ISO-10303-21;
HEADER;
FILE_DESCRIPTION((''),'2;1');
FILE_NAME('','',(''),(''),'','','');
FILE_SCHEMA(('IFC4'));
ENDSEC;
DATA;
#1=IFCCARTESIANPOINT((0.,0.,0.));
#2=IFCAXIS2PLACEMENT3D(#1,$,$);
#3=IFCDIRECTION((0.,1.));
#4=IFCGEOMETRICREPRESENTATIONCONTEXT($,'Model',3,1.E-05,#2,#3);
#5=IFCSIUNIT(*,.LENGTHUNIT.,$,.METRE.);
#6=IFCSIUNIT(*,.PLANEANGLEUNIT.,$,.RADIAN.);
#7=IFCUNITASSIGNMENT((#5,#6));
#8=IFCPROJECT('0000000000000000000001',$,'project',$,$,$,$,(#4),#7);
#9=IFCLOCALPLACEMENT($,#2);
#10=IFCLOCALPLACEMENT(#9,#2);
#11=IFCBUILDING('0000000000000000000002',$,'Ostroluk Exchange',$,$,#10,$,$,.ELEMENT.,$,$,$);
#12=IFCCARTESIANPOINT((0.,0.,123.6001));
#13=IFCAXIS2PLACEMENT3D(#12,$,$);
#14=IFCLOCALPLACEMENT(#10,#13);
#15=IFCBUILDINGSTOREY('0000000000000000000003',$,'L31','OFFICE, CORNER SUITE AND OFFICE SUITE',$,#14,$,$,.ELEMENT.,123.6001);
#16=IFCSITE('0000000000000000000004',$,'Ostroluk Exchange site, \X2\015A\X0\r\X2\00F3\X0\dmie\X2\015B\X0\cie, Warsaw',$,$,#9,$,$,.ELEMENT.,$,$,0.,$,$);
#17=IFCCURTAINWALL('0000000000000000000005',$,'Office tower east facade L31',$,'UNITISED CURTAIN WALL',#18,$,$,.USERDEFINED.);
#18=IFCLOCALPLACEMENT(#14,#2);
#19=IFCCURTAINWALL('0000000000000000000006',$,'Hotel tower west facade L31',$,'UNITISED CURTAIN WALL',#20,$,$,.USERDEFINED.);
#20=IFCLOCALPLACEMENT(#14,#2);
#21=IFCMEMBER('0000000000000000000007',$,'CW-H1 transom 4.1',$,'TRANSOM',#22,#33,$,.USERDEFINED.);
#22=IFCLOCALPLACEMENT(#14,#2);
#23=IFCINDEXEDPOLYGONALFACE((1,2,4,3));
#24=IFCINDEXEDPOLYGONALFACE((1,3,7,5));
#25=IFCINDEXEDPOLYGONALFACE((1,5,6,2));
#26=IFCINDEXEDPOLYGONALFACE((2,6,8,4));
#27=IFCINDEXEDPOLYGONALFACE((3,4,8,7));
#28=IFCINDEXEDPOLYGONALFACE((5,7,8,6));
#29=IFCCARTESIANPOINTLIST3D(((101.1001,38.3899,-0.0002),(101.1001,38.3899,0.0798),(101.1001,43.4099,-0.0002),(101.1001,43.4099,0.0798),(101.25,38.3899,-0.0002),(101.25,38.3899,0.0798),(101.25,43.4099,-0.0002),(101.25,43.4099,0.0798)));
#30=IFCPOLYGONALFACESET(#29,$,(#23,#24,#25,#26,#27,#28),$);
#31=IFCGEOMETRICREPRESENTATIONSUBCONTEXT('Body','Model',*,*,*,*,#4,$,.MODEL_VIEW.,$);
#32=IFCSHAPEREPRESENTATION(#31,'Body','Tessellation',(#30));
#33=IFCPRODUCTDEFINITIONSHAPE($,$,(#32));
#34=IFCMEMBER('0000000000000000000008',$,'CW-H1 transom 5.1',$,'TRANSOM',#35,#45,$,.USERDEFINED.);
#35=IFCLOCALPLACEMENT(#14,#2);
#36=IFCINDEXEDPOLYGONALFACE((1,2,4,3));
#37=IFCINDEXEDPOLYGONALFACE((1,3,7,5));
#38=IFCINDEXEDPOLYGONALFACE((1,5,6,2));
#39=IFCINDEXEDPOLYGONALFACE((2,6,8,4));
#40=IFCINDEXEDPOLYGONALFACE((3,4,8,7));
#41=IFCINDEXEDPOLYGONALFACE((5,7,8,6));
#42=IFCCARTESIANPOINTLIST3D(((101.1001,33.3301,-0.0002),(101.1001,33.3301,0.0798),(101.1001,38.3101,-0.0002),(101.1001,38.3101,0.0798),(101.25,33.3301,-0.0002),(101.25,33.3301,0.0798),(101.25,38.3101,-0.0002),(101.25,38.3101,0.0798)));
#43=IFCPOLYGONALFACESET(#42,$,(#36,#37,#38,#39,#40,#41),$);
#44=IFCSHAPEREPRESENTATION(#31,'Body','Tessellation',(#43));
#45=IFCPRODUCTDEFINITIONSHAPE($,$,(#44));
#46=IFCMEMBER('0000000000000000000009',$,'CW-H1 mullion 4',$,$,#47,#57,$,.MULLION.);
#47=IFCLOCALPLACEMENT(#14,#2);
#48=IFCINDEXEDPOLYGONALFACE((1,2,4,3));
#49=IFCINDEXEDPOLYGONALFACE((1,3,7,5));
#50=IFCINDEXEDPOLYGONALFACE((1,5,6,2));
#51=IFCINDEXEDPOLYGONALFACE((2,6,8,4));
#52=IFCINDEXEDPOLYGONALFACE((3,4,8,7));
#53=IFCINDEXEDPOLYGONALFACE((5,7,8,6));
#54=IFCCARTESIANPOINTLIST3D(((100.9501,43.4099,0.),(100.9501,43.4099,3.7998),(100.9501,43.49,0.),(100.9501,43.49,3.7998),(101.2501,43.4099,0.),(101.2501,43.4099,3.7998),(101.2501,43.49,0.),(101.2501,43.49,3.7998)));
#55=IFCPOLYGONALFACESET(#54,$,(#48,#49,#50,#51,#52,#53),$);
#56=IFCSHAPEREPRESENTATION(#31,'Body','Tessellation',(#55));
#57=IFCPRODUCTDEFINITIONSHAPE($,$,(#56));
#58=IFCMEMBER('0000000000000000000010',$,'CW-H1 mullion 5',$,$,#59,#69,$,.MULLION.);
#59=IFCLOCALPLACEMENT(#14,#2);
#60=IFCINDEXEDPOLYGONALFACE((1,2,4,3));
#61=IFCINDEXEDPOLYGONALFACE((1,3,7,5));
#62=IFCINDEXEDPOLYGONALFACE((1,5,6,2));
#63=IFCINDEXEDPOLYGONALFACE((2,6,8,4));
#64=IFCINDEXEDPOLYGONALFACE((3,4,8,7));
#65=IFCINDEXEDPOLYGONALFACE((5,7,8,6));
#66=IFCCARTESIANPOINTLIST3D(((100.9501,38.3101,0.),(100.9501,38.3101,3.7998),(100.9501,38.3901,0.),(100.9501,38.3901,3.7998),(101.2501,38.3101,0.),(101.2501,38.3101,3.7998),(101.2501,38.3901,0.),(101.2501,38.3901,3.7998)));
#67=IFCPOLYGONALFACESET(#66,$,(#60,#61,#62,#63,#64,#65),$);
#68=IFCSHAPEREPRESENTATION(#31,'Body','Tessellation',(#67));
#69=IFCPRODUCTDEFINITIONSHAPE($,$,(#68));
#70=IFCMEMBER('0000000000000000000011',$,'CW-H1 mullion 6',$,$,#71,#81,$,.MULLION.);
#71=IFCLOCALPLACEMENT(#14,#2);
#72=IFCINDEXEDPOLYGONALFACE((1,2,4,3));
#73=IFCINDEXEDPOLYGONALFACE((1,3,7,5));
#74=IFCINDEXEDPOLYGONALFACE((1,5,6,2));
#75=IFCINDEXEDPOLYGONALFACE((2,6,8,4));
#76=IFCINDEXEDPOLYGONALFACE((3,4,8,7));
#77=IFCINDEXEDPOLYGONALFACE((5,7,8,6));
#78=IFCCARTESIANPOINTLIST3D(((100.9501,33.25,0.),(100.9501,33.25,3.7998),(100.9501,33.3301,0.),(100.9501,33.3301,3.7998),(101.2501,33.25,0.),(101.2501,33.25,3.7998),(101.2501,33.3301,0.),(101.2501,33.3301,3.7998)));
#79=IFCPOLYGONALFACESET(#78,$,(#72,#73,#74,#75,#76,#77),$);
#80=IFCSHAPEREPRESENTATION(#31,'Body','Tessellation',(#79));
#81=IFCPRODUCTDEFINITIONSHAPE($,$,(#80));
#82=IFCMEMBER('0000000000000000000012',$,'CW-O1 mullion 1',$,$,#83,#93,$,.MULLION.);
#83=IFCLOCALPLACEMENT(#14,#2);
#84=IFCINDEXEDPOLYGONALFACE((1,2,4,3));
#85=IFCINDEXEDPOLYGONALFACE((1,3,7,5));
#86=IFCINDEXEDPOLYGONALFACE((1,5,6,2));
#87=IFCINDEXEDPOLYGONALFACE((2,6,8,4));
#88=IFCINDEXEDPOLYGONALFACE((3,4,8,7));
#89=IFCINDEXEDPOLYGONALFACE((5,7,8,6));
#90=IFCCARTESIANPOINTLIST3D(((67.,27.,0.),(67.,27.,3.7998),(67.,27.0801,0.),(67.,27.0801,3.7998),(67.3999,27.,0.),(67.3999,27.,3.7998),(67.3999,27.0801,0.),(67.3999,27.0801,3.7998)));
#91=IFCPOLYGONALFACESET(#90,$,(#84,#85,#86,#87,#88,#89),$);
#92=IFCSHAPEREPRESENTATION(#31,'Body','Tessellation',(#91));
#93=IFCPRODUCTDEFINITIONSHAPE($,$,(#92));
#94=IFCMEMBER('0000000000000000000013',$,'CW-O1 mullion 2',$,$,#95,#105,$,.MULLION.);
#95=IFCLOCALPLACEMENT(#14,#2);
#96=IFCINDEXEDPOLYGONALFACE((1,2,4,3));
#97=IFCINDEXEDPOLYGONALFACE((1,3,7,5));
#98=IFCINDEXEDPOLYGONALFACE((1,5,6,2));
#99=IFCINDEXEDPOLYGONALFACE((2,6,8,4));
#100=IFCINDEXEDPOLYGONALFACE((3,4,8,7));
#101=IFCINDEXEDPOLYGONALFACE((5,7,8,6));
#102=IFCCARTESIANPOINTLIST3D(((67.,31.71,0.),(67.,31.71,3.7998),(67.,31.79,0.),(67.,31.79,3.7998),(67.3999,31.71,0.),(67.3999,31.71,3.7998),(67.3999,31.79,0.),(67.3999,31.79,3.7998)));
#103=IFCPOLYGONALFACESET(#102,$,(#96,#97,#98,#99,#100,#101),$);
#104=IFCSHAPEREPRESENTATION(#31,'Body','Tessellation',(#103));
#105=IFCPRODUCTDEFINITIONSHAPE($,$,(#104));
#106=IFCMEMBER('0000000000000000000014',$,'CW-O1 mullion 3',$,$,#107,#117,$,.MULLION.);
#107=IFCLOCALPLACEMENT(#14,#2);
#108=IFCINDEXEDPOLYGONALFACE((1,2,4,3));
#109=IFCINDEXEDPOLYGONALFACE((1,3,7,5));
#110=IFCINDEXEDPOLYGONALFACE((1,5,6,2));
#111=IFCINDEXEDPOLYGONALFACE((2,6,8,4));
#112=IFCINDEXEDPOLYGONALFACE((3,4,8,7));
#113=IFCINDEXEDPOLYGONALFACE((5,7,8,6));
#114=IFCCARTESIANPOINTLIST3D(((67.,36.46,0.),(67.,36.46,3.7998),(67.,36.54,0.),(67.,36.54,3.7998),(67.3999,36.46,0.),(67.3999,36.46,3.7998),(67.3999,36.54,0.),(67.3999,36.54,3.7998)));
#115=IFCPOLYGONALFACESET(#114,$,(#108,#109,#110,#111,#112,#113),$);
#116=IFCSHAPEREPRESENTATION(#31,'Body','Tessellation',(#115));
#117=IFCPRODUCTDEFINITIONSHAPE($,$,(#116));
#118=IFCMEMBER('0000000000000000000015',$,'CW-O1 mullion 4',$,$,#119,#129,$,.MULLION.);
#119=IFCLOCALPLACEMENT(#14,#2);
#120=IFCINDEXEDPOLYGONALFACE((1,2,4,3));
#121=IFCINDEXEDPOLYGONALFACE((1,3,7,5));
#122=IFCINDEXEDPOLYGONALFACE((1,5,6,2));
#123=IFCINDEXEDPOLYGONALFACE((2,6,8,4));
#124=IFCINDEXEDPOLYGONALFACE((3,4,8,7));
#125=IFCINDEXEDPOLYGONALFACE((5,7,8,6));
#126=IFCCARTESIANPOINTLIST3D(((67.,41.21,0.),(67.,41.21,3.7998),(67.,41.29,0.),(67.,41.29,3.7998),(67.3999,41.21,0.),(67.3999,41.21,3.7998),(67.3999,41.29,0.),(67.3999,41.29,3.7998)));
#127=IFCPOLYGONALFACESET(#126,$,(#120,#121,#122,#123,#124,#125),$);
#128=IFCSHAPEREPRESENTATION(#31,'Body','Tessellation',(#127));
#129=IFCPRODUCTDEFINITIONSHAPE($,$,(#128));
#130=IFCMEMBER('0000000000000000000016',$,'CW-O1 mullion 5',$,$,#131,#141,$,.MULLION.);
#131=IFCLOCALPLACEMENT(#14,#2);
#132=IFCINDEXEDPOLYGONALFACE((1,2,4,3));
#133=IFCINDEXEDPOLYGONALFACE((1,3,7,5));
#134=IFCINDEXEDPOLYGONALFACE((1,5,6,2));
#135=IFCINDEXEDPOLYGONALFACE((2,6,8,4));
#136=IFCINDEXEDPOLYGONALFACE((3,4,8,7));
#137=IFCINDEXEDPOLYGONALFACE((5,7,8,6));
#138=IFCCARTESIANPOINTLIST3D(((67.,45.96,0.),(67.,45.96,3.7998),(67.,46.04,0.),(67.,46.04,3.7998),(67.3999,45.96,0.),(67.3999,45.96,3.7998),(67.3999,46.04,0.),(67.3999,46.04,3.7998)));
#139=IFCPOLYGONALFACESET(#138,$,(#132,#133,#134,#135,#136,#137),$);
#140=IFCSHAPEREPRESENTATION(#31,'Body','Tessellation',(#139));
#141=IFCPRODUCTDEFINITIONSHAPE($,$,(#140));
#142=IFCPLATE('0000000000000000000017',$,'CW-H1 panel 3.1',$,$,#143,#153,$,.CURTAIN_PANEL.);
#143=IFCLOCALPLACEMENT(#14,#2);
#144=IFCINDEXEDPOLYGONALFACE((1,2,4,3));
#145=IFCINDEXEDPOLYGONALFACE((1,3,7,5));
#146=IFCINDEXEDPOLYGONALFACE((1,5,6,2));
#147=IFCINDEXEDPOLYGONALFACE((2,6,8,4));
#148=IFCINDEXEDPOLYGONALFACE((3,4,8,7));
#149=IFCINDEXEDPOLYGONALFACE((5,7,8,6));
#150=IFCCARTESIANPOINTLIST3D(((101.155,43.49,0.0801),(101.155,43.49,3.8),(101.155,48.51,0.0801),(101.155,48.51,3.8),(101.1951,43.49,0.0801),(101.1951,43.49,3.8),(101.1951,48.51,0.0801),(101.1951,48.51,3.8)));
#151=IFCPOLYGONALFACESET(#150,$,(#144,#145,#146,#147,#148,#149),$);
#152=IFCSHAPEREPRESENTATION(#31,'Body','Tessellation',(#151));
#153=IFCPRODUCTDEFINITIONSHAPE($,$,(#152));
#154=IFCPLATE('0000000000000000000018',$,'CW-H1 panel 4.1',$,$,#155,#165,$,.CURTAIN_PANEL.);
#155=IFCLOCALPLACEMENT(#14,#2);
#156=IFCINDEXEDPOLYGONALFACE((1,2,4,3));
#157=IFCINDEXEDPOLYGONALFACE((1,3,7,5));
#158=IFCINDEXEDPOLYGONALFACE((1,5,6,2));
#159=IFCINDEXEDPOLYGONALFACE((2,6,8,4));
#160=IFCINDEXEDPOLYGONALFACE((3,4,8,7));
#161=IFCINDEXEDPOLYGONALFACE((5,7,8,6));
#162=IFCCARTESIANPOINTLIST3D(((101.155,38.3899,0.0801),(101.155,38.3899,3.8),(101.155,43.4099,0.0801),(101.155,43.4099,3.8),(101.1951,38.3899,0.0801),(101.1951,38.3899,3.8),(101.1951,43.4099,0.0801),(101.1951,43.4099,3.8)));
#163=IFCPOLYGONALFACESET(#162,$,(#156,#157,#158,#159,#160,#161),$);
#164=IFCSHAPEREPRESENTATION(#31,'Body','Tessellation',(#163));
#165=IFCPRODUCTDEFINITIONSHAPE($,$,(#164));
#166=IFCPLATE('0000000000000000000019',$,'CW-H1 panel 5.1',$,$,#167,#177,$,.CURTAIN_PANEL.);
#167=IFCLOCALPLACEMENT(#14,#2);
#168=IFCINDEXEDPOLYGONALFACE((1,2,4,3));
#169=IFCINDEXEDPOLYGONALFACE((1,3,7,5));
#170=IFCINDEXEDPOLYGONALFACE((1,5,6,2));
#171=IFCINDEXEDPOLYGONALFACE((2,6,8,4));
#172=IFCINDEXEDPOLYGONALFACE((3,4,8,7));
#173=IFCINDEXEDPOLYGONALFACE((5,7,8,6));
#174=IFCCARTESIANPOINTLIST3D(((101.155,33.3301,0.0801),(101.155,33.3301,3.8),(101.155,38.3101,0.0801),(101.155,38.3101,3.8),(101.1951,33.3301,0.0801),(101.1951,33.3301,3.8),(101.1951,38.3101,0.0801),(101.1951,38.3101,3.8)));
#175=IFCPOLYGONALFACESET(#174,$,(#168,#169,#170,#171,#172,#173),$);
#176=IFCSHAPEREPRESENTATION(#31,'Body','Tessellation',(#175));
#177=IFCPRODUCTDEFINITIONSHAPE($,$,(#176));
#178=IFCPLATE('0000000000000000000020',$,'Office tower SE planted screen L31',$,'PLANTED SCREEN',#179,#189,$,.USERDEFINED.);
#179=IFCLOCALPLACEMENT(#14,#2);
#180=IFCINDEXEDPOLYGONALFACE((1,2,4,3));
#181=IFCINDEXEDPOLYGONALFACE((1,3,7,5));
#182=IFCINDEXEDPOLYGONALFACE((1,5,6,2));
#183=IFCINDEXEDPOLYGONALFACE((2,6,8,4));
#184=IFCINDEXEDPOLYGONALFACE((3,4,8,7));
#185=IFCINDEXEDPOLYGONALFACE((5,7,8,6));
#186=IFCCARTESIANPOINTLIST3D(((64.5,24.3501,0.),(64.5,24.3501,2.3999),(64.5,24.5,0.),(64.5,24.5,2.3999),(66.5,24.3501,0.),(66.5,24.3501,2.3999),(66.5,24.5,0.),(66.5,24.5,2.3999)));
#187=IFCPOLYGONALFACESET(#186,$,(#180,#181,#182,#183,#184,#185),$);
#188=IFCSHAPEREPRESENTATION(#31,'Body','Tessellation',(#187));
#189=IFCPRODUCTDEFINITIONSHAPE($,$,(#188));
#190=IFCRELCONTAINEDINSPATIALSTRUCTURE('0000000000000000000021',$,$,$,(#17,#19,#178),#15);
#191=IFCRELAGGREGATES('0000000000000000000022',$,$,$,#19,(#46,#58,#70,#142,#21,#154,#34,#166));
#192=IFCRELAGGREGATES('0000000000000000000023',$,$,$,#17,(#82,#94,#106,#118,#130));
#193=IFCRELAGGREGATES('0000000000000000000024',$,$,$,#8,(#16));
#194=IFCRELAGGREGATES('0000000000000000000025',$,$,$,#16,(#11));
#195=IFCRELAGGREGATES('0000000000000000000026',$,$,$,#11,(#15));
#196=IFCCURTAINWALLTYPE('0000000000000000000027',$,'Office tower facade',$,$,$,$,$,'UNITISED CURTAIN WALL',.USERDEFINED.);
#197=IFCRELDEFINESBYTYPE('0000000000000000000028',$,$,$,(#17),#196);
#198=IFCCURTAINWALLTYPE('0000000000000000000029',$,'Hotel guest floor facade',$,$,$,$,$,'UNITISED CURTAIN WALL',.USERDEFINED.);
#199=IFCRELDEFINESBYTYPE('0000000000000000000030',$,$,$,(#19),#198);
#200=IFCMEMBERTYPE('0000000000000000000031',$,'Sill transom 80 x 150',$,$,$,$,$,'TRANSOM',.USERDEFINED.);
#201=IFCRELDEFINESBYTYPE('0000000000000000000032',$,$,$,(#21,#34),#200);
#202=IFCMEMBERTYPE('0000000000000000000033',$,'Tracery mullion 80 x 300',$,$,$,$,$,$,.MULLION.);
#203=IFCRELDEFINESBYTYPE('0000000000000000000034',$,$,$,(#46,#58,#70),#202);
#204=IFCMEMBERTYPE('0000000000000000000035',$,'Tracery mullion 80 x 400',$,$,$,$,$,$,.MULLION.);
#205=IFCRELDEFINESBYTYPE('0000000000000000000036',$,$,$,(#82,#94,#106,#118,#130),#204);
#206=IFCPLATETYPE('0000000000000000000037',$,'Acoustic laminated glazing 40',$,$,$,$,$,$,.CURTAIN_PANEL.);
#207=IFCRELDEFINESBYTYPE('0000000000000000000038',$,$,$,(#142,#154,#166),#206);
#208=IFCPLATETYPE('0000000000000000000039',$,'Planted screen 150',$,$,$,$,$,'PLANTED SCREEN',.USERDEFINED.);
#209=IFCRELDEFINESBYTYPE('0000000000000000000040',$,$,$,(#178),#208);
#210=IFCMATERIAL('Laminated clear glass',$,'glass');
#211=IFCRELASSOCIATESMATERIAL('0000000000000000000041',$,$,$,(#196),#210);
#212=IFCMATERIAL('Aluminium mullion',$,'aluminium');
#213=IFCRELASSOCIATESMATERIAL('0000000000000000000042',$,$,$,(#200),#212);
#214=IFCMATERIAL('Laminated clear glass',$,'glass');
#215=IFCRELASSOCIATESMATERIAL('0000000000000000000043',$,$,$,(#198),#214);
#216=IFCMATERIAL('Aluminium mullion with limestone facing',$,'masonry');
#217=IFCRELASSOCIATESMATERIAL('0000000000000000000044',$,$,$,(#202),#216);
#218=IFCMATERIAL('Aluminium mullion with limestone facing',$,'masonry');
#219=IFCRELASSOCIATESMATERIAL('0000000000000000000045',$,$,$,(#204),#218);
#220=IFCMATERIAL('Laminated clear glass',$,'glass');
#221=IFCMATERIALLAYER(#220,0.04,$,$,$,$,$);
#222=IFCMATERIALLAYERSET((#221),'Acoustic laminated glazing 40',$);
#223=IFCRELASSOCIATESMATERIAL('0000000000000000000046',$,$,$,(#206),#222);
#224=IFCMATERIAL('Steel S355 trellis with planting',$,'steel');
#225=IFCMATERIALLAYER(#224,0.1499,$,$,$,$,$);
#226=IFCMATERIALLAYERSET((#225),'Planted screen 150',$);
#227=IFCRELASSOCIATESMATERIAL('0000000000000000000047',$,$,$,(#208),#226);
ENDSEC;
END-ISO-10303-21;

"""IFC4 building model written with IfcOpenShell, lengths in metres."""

from ifc_helpers import new_model, si_unit, direction, frame, origin, origin_2d, place, context, subcontext, project, spatial, rectangle, extrude, material, layer, layer_set, material_profile, profile_set, type_object, element, aggregate, save


model = new_model("IFC4")

# Units and contexts
model_context = context("Model", 3, precision=1e-05, world=origin(), true_north=direction((0.0, 1.0)))
body_context = subcontext(model_context, "Body", "Model", "MODEL_VIEW")
ifc_project = project(units=[si_unit("LENGTHUNIT", "METRE"), si_unit("PLANEANGLEUNIT", "RADIAN")], contexts=[model_context])

# Site, building, storey
site_placement = place(None, origin())
site = spatial("IfcSite", under=ifc_project, at=site_placement, Name="Ostroluk Exchange site, Śródmieście, Warsaw", CompositionType="ELEMENT", RefElevation=0.0)
building_placement = place(site_placement, origin())
building = spatial("IfcBuilding", under=site, at=building_placement, Name="Ostroluk Exchange", CompositionType="ELEMENT")
storey_placement = place(building_placement, frame((0.0, 0.0, 123.6001)))
storey = spatial("IfcBuildingStorey", under=building, at=storey_placement, Name="L31", Description="OFFICE, CORNER SUITE AND OFFICE SUITE", CompositionType="ELEMENT", Elevation=123.6001)

# Curtain walls, members
ifc_material_1 = material(Name="Laminated clear glass", Category="glass")
curtain_wall_type_1 = type_object("IfcCurtainWallType", Name="Office tower facade", ElementType="UNITISED CURTAIN WALL", PredefinedType="USERDEFINED", material=ifc_material_1)
curtain_wall_1_placement = place(storey_placement, origin())
curtain_wall_1 = element("IfcCurtainWall", 1, at=curtain_wall_1_placement, inside=storey, type_object=curtain_wall_type_1, Name="Office tower east facade L31", ObjectType="UNITISED CURTAIN WALL", PredefinedType="USERDEFINED")
ifc_material_2 = material(Name="Aluminium mullion", Category="aluminium")
ifc_material_profile_1 = material_profile(ifc_material_2, rectangle(XDim=0.1499, YDim=0.0801, at=origin_2d()), Name="Sill transom 80 x 150")
ifc_profile_set_1 = profile_set([ifc_material_profile_1], Name="Aluminium mullion")
member_type_1 = type_object("IfcMemberType", Name="Sill transom 80 x 150", ElementType="TRANSOM", PredefinedType="USERDEFINED", material=ifc_profile_set_1)
ifc_material_3 = material(Name="Laminated clear glass", Category="glass")
curtain_wall_type_2 = type_object("IfcCurtainWallType", Name="Hotel guest floor facade", ElementType="UNITISED CURTAIN WALL", PredefinedType="USERDEFINED", material=ifc_material_3)
curtain_wall_2_placement = place(storey_placement, origin())
curtain_wall_2 = element("IfcCurtainWall", 2, at=curtain_wall_2_placement, inside=storey, type_object=curtain_wall_type_2, Name="Hotel tower west facade L31", ObjectType="UNITISED CURTAIN WALL", PredefinedType="USERDEFINED")
member_1_placement = place(storey_placement, frame((101.175, 43.4099, 0.0398), z_axis=(0.0, -1.0, 0.0), x_axis=(1.0, 0.0, 0.0)))
member_1 = element("IfcMember", 3, at=member_1_placement, type_object=member_type_1, Name="CW-H1 transom 4.1", ObjectType="TRANSOM", PredefinedType="USERDEFINED", context=body_context, shape_type="SweptSolid", body=[
    extrude(rectangle(XDim=0.1499, YDim=0.0801, at=origin_2d()), origin(), (0.0, 0.0, 1.0), 5.02),
])
member_2_placement = place(storey_placement, frame((101.175, 38.3101, 0.0398), z_axis=(0.0, -1.0, 0.0), x_axis=(1.0, 0.0, 0.0)))
member_2 = element("IfcMember", 4, at=member_2_placement, type_object=member_type_1, Name="CW-H1 transom 5.1", ObjectType="TRANSOM", PredefinedType="USERDEFINED", context=body_context, shape_type="SweptSolid", body=[
    extrude(rectangle(XDim=0.1499, YDim=0.0801, at=origin_2d()), origin(), (0.0, 0.0, 1.0), 4.98),
])
ifc_material_4 = material(Name="Aluminium mullion with limestone facing", Category="masonry")
ifc_material_profile_2 = material_profile(ifc_material_4, rectangle(XDim=0.3, YDim=0.0801, at=origin_2d()), Name="Tracery mullion 80 x 300")
ifc_profile_set_2 = profile_set([ifc_material_profile_2], Name="Aluminium mullion with limestone facing")
member_type_2 = type_object("IfcMemberType", Name="Tracery mullion 80 x 300", PredefinedType="MULLION", material=ifc_profile_set_2)
member_3_placement = place(storey_placement, frame((101.1001, 43.45, 0.0), z_axis=(0.0, 0.0, 1.0), x_axis=(1.0, 0.0, 0.0)))
member_3 = element("IfcMember", 5, at=member_3_placement, type_object=member_type_2, Name="CW-H1 mullion 4", PredefinedType="MULLION", context=body_context, shape_type="SweptSolid", body=[
    extrude(rectangle(XDim=0.3, YDim=0.0801, at=origin_2d()), origin(), (0.0, 0.0, 1.0), 3.7998),
])
member_4_placement = place(storey_placement, frame((101.1001, 38.3501, 0.0), z_axis=(0.0, 0.0, 1.0), x_axis=(1.0, 0.0, 0.0)))
member_4 = element("IfcMember", 6, at=member_4_placement, type_object=member_type_2, Name="CW-H1 mullion 5", PredefinedType="MULLION", context=body_context, shape_type="SweptSolid", body=[
    extrude(rectangle(XDim=0.3, YDim=0.0801, at=origin_2d()), origin(), (0.0, 0.0, 1.0), 3.7998),
])
member_5_placement = place(storey_placement, frame((101.1001, 33.29, 0.0), z_axis=(0.0, 0.0, 1.0), x_axis=(1.0, 0.0, 0.0)))
member_5 = element("IfcMember", 7, at=member_5_placement, type_object=member_type_2, Name="CW-H1 mullion 6", PredefinedType="MULLION", context=body_context, shape_type="SweptSolid", body=[
    extrude(rectangle(XDim=0.3, YDim=0.0801, at=origin_2d()), origin(), (0.0, 0.0, 1.0), 3.7998),
])

# Members
ifc_material_5 = material(Name="Aluminium mullion with limestone facing", Category="masonry")
ifc_material_profile_3 = material_profile(ifc_material_5, rectangle(XDim=0.3999, YDim=0.0801, at=origin_2d()), Name="Tracery mullion 80 x 400")
ifc_profile_set_3 = profile_set([ifc_material_profile_3], Name="Aluminium mullion with limestone facing")
member_type_3 = type_object("IfcMemberType", Name="Tracery mullion 80 x 400", PredefinedType="MULLION", material=ifc_profile_set_3)
member_6_placement = place(storey_placement, frame((67.2, 27.04, 0.0), z_axis=(0.0, 0.0, 1.0), x_axis=(-1.0, 0.0, 0.0)))
member_6 = element("IfcMember", 8, at=member_6_placement, type_object=member_type_3, Name="CW-O1 mullion 1", PredefinedType="MULLION", context=body_context, shape_type="SweptSolid", body=[
    extrude(rectangle(XDim=0.3999, YDim=0.0801, at=origin_2d()), origin(), (0.0, 0.0, 1.0), 3.7998),
])
member_7_placement = place(storey_placement, frame((67.2, 31.75, 0.0), z_axis=(0.0, 0.0, 1.0), x_axis=(-1.0, 0.0, 0.0)))
member_7 = element("IfcMember", 9, at=member_7_placement, type_object=member_type_3, Name="CW-O1 mullion 2", PredefinedType="MULLION", context=body_context, shape_type="SweptSolid", body=[
    extrude(rectangle(XDim=0.3999, YDim=0.0801, at=origin_2d()), origin(), (0.0, 0.0, 1.0), 3.7998),
])
member_8_placement = place(storey_placement, frame((67.2, 36.5, 0.0), z_axis=(0.0, 0.0, 1.0), x_axis=(-1.0, 0.0, 0.0)))
member_8 = element("IfcMember", 10, at=member_8_placement, type_object=member_type_3, Name="CW-O1 mullion 3", PredefinedType="MULLION", context=body_context, shape_type="SweptSolid", body=[
    extrude(rectangle(XDim=0.3999, YDim=0.0801, at=origin_2d()), origin(), (0.0, 0.0, 1.0), 3.7998),
])
member_9_placement = place(storey_placement, frame((67.2, 41.25, 0.0), z_axis=(0.0, 0.0, 1.0), x_axis=(-1.0, 0.0, 0.0)))
member_9 = element("IfcMember", 11, at=member_9_placement, type_object=member_type_3, Name="CW-O1 mullion 4", PredefinedType="MULLION", context=body_context, shape_type="SweptSolid", body=[
    extrude(rectangle(XDim=0.3999, YDim=0.0801, at=origin_2d()), origin(), (0.0, 0.0, 1.0), 3.7998),
])
member_10_placement = place(storey_placement, frame((67.2, 46.0, 0.0), z_axis=(0.0, 0.0, 1.0), x_axis=(-1.0, 0.0, 0.0)))
member_10 = element("IfcMember", 12, at=member_10_placement, type_object=member_type_3, Name="CW-O1 mullion 5", PredefinedType="MULLION", context=body_context, shape_type="SweptSolid", body=[
    extrude(rectangle(XDim=0.3999, YDim=0.0801, at=origin_2d()), origin(), (0.0, 0.0, 1.0), 3.7998),
])

# Plates
ifc_material_6 = material(Name="Laminated clear glass", Category="glass")
ifc_layer_1 = layer(ifc_material_6, 0.04)
ifc_layer_set_1 = layer_set([ifc_layer_1], Name="Acoustic laminated glazing 40")
plate_type_1 = type_object("IfcPlateType", Name="Acoustic laminated glazing 40", PredefinedType="CURTAIN_PANEL", material=ifc_layer_set_1)
plate_1_placement = place(storey_placement, frame((101.175, 46.0, 0.0801), z_axis=(0.0, 0.0, 1.0), x_axis=(0.0, -1.0, 0.0)))
plate_1 = element("IfcPlate", 13, at=plate_1_placement, type_object=plate_type_1, Name="CW-H1 panel 3.1", PredefinedType="CURTAIN_PANEL", context=body_context, shape_type="SweptSolid", body=[
    extrude(rectangle(XDim=5.02, YDim=0.04, at=origin_2d()), origin(), (0.0, 0.0, 1.0), 3.72),
])
plate_2_placement = place(storey_placement, frame((101.175, 40.8999, 0.0801), z_axis=(0.0, 0.0, 1.0), x_axis=(0.0, -1.0, 0.0)))
plate_2 = element("IfcPlate", 14, at=plate_2_placement, type_object=plate_type_1, Name="CW-H1 panel 4.1", PredefinedType="CURTAIN_PANEL", context=body_context, shape_type="SweptSolid", body=[
    extrude(rectangle(XDim=5.02, YDim=0.04, at=origin_2d()), origin(), (0.0, 0.0, 1.0), 3.72),
])
plate_3_placement = place(storey_placement, frame((101.175, 35.8201, 0.0801), z_axis=(0.0, 0.0, 1.0), x_axis=(0.0, -1.0, 0.0)))
plate_3 = element("IfcPlate", 15, at=plate_3_placement, type_object=plate_type_1, Name="CW-H1 panel 5.1", PredefinedType="CURTAIN_PANEL", context=body_context, shape_type="SweptSolid", body=[
    extrude(rectangle(XDim=4.98, YDim=0.04, at=origin_2d()), origin(), (0.0, 0.0, 1.0), 3.72),
])
aggregate(curtain_wall_2, [member_3, member_4, member_5, plate_1, member_1, plate_2, member_2, plate_3])
ifc_material_7 = material(Name="Steel S355 trellis with planting", Category="steel")
ifc_layer_2 = layer(ifc_material_7, 0.1499)
ifc_layer_set_2 = layer_set([ifc_layer_2], Name="Planted screen 150")
plate_type_2 = type_object("IfcPlateType", Name="Planted screen 150", ElementType="PLANTED SCREEN", PredefinedType="USERDEFINED", material=ifc_layer_set_2)
plate_4_placement = place(storey_placement, frame((65.5, 24.425, 0.0), z_axis=(0.0, 0.0, 1.0), x_axis=(1.0, 0.0, 0.0)))
element("IfcPlate", 16, at=plate_4_placement, inside=storey, type_object=plate_type_2, Name="Office tower SE planted screen L31", ObjectType="PLANTED SCREEN", PredefinedType="USERDEFINED", context=body_context, shape_type="SweptSolid", body=[
    extrude(rectangle(XDim=2.0, YDim=0.1499, at=origin_2d()), origin(), (0.0, 0.0, 1.0), 2.3999),
])
aggregate(curtain_wall_1, [member_6, member_7, member_8, member_9, member_10])

save(model, "model.ifc")
